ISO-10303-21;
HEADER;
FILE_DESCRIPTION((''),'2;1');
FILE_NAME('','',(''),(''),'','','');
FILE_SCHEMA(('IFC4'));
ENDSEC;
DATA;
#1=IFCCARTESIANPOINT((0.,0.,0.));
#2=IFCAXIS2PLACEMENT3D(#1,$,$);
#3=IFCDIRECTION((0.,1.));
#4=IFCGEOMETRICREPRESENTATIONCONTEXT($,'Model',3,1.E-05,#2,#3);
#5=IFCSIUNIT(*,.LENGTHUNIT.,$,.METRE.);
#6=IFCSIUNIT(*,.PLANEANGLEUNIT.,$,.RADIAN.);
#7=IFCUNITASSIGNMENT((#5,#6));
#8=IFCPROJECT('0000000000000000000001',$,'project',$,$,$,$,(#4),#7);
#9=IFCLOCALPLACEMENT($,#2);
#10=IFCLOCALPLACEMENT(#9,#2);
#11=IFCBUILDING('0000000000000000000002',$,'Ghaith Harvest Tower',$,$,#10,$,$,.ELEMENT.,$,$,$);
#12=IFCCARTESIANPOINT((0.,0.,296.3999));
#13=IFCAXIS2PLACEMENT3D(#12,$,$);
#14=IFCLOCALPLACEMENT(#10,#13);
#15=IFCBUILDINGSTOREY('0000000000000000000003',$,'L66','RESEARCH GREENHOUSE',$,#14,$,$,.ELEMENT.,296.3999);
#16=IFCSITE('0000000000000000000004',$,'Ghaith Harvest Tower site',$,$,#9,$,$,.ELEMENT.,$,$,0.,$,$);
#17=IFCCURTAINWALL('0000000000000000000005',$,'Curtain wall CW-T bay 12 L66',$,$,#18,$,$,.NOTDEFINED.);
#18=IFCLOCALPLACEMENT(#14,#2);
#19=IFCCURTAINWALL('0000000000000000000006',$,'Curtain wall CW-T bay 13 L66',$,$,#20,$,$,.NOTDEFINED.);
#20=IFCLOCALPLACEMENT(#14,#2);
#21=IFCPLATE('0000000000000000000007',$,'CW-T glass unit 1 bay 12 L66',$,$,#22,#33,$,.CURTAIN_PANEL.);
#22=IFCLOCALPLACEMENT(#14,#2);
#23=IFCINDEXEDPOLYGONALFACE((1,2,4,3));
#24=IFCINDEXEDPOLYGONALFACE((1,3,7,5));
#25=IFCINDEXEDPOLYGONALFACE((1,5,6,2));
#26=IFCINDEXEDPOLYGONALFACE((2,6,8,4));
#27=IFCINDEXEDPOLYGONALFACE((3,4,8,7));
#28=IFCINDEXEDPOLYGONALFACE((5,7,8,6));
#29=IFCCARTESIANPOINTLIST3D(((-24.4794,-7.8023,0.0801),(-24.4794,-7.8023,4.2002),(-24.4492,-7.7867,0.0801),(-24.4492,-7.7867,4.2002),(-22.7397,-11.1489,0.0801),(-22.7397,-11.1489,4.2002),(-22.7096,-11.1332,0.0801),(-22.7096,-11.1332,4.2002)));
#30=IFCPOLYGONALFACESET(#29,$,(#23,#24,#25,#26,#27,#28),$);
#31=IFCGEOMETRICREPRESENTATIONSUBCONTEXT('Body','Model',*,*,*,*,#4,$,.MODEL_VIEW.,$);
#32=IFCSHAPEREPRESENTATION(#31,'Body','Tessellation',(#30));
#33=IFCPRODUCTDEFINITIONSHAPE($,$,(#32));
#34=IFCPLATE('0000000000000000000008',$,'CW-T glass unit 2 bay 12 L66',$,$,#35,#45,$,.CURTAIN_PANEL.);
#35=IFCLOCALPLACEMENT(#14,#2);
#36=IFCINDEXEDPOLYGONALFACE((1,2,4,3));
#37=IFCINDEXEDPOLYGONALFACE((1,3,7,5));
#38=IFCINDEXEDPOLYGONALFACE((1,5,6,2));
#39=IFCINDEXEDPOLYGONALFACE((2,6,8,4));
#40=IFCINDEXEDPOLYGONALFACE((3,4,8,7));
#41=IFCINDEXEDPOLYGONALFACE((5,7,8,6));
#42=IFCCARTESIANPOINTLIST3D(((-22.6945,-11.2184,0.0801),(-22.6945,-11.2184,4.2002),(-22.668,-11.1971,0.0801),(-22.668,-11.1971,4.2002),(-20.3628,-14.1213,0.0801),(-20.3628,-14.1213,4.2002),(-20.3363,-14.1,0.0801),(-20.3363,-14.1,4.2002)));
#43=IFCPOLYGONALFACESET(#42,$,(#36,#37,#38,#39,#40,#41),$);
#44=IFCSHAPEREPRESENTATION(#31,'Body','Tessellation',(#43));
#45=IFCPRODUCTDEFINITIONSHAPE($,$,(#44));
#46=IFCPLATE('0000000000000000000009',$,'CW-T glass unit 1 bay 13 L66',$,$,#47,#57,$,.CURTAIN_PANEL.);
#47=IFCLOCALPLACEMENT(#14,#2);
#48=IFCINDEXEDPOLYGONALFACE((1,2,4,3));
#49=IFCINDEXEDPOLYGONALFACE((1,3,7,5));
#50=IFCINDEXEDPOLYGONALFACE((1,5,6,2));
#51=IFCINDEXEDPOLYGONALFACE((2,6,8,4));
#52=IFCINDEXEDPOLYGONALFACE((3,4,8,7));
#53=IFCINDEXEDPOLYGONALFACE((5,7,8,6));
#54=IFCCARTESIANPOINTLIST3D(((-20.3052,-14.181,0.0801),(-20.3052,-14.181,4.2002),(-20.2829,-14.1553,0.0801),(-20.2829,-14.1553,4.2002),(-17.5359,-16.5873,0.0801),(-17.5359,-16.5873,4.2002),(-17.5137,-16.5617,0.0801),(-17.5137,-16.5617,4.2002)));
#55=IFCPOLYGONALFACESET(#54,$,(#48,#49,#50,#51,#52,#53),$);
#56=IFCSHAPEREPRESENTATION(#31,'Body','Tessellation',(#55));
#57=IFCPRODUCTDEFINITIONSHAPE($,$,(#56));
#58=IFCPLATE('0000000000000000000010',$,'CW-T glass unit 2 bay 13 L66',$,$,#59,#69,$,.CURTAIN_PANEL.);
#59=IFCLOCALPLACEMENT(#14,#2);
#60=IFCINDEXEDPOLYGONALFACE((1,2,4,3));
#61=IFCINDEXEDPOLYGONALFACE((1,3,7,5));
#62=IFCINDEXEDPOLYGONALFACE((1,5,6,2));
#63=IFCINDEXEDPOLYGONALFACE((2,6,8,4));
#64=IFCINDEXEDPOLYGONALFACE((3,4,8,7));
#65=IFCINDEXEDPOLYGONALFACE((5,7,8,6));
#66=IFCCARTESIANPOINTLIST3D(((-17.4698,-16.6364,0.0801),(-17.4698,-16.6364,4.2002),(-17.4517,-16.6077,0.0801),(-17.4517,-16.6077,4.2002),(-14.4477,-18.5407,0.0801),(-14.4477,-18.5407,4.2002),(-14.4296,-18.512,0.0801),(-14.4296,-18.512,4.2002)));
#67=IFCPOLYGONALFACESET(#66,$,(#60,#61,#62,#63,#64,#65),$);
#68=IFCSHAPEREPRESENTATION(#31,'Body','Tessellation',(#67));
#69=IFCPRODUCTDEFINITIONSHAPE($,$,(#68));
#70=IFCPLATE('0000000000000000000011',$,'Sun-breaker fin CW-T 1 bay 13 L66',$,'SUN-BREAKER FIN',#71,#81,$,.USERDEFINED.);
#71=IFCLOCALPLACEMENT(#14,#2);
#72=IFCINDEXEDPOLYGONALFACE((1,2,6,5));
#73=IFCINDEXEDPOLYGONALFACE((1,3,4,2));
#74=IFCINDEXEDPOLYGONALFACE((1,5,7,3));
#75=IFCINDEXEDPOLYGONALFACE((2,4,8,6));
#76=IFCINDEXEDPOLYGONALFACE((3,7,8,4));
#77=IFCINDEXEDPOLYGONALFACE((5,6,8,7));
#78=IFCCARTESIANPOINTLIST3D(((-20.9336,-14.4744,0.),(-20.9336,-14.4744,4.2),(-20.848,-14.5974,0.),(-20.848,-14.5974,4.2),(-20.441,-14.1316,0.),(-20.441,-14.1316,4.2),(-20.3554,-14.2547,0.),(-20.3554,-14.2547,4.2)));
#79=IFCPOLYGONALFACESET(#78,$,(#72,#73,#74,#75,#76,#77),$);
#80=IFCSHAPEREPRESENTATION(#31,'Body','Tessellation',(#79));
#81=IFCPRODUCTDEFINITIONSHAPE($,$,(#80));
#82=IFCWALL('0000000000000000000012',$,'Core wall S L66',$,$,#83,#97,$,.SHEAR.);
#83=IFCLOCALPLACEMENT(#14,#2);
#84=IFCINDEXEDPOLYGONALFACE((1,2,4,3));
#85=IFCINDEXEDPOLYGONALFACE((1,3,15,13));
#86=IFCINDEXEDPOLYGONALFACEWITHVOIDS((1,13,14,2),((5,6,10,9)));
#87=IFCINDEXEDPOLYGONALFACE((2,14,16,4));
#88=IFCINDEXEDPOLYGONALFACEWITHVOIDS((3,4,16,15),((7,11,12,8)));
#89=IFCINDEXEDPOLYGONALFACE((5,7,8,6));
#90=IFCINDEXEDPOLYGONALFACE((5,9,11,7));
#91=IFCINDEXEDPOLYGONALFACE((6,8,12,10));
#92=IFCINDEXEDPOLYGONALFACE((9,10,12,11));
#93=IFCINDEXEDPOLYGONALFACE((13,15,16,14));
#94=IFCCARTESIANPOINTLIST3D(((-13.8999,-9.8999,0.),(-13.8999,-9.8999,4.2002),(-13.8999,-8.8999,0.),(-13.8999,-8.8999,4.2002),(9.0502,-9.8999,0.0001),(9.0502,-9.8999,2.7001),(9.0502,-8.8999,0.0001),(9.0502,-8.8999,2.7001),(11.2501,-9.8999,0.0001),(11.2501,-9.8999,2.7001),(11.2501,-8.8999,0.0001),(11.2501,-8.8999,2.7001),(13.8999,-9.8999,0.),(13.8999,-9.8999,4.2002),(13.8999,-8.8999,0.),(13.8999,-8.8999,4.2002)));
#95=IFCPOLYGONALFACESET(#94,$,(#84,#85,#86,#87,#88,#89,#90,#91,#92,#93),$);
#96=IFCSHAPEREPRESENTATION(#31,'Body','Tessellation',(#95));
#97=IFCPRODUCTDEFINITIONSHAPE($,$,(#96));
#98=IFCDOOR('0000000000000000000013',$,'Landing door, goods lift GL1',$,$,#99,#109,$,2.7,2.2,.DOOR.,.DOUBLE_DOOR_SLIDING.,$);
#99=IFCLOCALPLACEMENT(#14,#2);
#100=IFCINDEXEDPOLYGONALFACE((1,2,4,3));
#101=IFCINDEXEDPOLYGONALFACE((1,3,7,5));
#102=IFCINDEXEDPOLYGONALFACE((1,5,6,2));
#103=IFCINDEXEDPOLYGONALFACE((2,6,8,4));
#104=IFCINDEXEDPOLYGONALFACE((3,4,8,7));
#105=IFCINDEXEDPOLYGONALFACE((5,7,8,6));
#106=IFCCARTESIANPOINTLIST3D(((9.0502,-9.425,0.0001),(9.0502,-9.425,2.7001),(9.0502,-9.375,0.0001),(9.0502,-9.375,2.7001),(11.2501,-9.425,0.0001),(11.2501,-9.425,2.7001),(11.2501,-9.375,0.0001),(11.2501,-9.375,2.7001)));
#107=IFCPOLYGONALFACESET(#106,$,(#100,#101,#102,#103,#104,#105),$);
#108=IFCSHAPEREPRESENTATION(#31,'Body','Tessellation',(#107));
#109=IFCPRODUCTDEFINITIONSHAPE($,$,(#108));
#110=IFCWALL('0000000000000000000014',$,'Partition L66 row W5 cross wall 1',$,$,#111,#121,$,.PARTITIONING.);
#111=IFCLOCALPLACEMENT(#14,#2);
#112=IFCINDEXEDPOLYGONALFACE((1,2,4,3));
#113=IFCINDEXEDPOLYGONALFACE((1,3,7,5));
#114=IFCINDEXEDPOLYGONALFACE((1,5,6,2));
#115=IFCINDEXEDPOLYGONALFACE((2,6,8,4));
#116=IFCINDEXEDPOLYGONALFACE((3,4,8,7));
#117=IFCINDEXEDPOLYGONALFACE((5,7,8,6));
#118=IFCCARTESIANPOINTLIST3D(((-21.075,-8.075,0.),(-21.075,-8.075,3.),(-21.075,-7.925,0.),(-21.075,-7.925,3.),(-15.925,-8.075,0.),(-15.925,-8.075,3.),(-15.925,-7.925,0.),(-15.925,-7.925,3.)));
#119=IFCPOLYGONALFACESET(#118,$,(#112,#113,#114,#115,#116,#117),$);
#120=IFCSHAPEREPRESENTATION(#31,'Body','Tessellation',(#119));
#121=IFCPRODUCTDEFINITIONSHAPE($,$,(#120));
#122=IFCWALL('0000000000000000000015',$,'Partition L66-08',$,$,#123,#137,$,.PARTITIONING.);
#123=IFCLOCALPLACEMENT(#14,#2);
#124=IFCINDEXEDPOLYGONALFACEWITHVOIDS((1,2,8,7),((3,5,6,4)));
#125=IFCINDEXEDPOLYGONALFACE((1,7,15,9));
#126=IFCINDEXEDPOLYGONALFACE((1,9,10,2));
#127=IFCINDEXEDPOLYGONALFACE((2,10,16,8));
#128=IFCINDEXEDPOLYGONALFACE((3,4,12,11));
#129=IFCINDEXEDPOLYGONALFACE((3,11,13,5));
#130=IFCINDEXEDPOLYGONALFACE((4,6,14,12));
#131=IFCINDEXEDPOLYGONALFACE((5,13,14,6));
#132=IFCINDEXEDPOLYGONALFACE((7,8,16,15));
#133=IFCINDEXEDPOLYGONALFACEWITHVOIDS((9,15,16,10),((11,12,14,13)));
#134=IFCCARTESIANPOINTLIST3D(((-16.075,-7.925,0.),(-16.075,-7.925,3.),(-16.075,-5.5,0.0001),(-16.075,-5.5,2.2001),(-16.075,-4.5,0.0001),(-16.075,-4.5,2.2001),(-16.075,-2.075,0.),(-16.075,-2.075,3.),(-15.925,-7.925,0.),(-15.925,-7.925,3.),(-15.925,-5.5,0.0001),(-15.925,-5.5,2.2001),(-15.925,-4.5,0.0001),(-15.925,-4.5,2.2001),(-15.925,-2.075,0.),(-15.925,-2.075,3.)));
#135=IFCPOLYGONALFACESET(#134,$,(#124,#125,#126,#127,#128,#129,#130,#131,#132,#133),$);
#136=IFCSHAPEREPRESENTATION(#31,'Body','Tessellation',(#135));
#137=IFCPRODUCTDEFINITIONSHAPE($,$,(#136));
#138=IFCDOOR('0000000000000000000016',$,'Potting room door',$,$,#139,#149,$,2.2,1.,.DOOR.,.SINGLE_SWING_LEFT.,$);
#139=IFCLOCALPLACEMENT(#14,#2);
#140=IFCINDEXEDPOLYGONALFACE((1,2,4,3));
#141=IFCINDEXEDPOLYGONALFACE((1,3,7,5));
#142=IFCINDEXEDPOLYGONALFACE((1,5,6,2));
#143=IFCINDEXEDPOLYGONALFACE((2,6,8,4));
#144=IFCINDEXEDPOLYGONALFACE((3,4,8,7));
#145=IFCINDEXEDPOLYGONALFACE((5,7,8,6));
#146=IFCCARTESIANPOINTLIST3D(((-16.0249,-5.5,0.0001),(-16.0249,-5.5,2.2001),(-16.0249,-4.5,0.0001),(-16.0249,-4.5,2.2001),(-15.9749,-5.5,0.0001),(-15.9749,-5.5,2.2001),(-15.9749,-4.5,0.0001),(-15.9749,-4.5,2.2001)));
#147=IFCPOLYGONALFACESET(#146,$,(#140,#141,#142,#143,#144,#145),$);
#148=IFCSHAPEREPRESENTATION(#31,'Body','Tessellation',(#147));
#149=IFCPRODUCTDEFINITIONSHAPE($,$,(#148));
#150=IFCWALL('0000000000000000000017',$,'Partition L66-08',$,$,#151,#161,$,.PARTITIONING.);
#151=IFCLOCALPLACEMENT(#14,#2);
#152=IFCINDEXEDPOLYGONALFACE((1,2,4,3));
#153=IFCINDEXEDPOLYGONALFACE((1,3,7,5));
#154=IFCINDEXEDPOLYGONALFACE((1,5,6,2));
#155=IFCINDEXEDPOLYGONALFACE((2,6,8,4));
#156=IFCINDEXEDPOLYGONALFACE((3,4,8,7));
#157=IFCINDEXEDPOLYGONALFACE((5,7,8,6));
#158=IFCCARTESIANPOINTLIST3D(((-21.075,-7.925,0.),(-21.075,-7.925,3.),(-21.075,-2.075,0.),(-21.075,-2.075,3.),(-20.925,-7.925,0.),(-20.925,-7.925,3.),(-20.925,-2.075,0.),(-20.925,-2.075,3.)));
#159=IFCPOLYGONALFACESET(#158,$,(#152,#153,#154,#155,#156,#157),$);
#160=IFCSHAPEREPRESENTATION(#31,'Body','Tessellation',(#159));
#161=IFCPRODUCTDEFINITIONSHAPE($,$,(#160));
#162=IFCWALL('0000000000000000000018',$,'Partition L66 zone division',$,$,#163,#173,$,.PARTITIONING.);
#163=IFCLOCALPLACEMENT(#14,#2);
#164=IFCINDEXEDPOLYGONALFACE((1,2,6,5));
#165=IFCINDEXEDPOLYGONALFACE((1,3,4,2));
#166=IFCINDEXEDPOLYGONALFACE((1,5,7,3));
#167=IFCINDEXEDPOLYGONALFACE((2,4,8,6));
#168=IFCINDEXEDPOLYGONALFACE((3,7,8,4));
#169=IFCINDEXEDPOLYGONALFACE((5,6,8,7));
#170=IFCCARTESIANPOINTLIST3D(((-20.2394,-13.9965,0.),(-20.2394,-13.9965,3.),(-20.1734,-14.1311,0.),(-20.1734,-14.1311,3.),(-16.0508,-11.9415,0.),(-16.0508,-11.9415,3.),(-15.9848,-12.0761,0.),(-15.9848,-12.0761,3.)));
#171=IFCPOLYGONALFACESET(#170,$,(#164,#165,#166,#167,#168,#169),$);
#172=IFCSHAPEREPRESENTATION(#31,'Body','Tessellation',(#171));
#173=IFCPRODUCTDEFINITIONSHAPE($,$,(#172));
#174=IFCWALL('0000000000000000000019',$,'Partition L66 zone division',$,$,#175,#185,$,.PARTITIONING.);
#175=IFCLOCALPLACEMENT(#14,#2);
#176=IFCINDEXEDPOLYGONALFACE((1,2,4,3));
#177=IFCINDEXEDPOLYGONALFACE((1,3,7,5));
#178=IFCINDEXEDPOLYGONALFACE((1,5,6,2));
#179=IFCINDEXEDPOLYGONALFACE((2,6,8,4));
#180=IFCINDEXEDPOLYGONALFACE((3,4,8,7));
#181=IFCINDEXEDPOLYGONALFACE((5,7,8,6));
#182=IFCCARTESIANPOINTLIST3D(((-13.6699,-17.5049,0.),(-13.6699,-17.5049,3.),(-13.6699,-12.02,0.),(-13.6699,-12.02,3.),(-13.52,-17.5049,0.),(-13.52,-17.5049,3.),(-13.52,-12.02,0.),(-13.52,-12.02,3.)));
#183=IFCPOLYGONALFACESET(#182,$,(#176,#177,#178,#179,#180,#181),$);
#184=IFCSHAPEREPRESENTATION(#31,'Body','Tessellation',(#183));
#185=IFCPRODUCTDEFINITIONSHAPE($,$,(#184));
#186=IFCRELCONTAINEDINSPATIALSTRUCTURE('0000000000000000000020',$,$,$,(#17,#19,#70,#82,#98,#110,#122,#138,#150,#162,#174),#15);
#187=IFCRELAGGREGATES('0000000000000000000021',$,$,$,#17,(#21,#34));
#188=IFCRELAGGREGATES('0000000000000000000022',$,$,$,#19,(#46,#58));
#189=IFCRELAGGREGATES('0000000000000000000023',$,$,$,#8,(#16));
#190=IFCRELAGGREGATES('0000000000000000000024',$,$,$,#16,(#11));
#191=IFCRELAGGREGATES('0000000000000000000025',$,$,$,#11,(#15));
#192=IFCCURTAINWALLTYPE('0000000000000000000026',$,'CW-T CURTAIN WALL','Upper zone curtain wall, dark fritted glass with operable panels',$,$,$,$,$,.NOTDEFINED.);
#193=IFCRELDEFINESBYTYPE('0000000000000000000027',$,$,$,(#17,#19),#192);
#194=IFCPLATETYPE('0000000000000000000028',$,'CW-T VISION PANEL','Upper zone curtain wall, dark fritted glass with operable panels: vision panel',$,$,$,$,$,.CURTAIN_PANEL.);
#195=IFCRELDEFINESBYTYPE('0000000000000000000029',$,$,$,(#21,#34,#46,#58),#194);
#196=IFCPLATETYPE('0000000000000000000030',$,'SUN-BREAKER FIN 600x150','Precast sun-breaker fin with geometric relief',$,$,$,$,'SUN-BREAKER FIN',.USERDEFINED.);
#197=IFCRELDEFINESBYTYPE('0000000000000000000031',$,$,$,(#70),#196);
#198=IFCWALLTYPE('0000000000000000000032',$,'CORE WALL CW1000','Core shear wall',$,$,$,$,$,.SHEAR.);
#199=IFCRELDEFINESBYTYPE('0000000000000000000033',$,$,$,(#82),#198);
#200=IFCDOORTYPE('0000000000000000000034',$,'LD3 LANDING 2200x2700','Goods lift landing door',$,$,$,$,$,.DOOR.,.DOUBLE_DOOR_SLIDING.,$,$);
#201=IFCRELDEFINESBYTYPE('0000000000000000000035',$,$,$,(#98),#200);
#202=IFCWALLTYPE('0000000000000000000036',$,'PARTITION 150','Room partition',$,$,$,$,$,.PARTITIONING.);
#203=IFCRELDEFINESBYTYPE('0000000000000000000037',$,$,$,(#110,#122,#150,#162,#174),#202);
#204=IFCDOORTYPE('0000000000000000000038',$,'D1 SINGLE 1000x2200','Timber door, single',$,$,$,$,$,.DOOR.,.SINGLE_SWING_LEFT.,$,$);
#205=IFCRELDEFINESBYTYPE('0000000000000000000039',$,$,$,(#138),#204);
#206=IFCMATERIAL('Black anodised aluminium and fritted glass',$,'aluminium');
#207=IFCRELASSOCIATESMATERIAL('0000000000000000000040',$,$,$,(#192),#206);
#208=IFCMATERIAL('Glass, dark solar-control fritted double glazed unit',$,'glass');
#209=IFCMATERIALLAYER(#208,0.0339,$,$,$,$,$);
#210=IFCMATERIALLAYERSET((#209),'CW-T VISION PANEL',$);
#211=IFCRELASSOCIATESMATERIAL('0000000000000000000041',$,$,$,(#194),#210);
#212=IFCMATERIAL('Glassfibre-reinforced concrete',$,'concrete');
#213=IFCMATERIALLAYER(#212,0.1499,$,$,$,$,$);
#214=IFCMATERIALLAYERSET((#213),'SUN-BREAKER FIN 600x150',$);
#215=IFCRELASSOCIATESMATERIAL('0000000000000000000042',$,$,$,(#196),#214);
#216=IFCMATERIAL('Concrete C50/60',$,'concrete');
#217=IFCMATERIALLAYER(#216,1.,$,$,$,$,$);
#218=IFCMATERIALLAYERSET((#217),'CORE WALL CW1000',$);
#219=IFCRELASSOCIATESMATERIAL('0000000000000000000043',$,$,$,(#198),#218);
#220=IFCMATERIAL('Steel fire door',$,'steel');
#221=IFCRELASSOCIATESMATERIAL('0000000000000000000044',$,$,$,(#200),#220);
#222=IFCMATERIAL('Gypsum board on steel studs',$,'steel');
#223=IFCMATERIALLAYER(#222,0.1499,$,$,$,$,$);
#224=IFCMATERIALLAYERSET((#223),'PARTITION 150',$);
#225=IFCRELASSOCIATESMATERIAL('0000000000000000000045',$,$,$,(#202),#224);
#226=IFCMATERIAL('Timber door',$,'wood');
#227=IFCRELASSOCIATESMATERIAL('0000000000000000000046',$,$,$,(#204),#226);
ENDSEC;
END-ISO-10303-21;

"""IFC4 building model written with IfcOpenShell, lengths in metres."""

from ifc_helpers import new_model, si_unit, direction, frame, frame_2d, origin, origin_2d, place, context, subcontext, project, spatial, rectangle, extrude, material, layer, layer_set, type_object, element, fill, aggregate, save


model = new_model("IFC4")

# Units and contexts
model_context = context("Model", 3, precision=1e-05, world=origin(), true_north=direction((0.0, 1.0)))
body_context = subcontext(model_context, "Body", "Model", "MODEL_VIEW")
ifc_project = project(units=[si_unit("LENGTHUNIT", "METRE"), si_unit("PLANEANGLEUNIT", "RADIAN")], contexts=[model_context])

# Site, building, storey
site_placement = place(None, origin())
site = spatial("IfcSite", under=ifc_project, at=site_placement, Name="Ghaith Harvest Tower site", CompositionType="ELEMENT", RefElevation=0.0)
building_placement = place(site_placement, origin())
building = spatial("IfcBuilding", under=site, at=building_placement, Name="Ghaith Harvest Tower", CompositionType="ELEMENT")
storey_placement = place(building_placement, frame((0.0, 0.0, 296.3999)))
storey = spatial("IfcBuildingStorey", under=building, at=storey_placement, Name="L66", Description="RESEARCH GREENHOUSE", CompositionType="ELEMENT", Elevation=296.3999)

# Curtain wall
ifc_material_1 = material(Name="Black anodised aluminium and fritted glass", Category="aluminium")
curtain_wall_type = type_object("IfcCurtainWallType", Name="CW-T CURTAIN WALL", Description="Upper zone curtain wall, dark fritted glass with operable panels", PredefinedType="NOTDEFINED", material=ifc_material_1)
curtain_wall_1_placement = place(storey_placement, origin())
curtain_wall_1 = element("IfcCurtainWall", 1, at=curtain_wall_1_placement, inside=storey, type_object=curtain_wall_type, Name="Curtain wall CW-T bay 12 L66", PredefinedType="NOTDEFINED")

# Curtain wall
curtain_wall_2_placement = place(storey_placement, origin())
curtain_wall_2 = element("IfcCurtainWall", 2, at=curtain_wall_2_placement, inside=storey, type_object=curtain_wall_type, Name="Curtain wall CW-T bay 13 L66", PredefinedType="NOTDEFINED")

# Plates
ifc_material_2 = material(Name="Glass, dark solar-control fritted double glazed unit", Category="glass")
ifc_layer_1 = layer(ifc_material_2, 0.0339)
ifc_layer_set_1 = layer_set([ifc_layer_1], Name="CW-T VISION PANEL")
plate_type_1 = type_object("IfcPlateType", Name="CW-T VISION PANEL", Description="Upper zone curtain wall, dark fritted glass with operable panels: vision panel", PredefinedType="CURTAIN_PANEL", material=ifc_layer_set_1)
plate_1_placement = place(storey_placement, frame((-23.5945, -9.4678, 0.0801), z_axis=(0.0, 0.0, 1.0), x_axis=(0.46123, -0.887281, 0.0)))
plate_1 = element("IfcPlate", 3, at=plate_1_placement, type_object=plate_type_1, Name="CW-T glass unit 1 bay 12 L66", PredefinedType="CURTAIN_PANEL", context=body_context, shape_type="SweptSolid", body=[
    extrude(rectangle(XDim=3.7717, YDim=0.0339, at=origin_2d()), origin(), (0.0, 0.0, 1.0), 4.1201),
])
plate_2_placement = place(storey_placement, frame((-21.5154, -12.6592, 0.0801), z_axis=(0.0, 0.0, 1.0), x_axis=(0.62623, -0.779639, 0.0)))
plate_2 = element("IfcPlate", 4, at=plate_2_placement, type_object=plate_type_1, Name="CW-T glass unit 2 bay 12 L66", PredefinedType="CURTAIN_PANEL", context=body_context, shape_type="SweptSolid", body=[
    extrude(rectangle(XDim=3.7234, YDim=0.0339, at=origin_2d()), origin(), (0.0, 0.0, 1.0), 4.1201),
])
aggregate(curtain_wall_1, [plate_1, plate_2])
plate_3_placement = place(storey_placement, frame((-18.9094, -15.3713, 0.0801), z_axis=(0.0, 0.0, 1.0), x_axis=(0.754829, -0.655922, 0.0)))
plate_3 = element("IfcPlate", 5, at=plate_3_placement, type_object=plate_type_1, Name="CW-T glass unit 1 bay 13 L66", PredefinedType="CURTAIN_PANEL", context=body_context, shape_type="SweptSolid", body=[
    extrude(rectangle(XDim=3.6687, YDim=0.0339, at=origin_2d()), origin(), (0.0, 0.0, 1.0), 4.1201),
])
plate_4_placement = place(storey_placement, frame((-15.9497, -17.5742, 0.0801), z_axis=(0.0, 0.0, 1.0), x_axis=(0.846043, -0.533114, 0.0)))
plate_4 = element("IfcPlate", 6, at=plate_4_placement, type_object=plate_type_1, Name="CW-T glass unit 2 bay 13 L66", PredefinedType="CURTAIN_PANEL", context=body_context, shape_type="SweptSolid", body=[
    extrude(rectangle(XDim=3.572, YDim=0.0339, at=origin_2d()), origin(), (0.0, 0.0, 1.0), 4.1201),
])
aggregate(curtain_wall_2, [plate_3, plate_4])
ifc_material_3 = material(Name="Glassfibre-reinforced concrete", Category="concrete")
ifc_layer_2 = layer(ifc_material_3, 0.1499)
ifc_layer_set_2 = layer_set([ifc_layer_2], Name="SUN-BREAKER FIN 600x150")
plate_type_2 = type_object("IfcPlateType", Name="SUN-BREAKER FIN 600x150", Description="Precast sun-breaker fin with geometric relief", ElementType="SUN-BREAKER FIN", PredefinedType="USERDEFINED", material=ifc_layer_set_2)
plate_5_placement = place(storey_placement, frame((-20.6445, -14.3645, 0.0), z_axis=(0.0, 0.0, 1.0), x_axis=(-0.820845, -0.57115, 0.0)))
element("IfcPlate", 7, at=plate_5_placement, inside=storey, type_object=plate_type_2, Name="Sun-breaker fin CW-T 1 bay 13 L66", ObjectType="SUN-BREAKER FIN", PredefinedType="USERDEFINED", context=body_context, shape_type="SweptSolid", body=[
    extrude(rectangle(XDim=0.6001, YDim=0.1499, at=origin_2d()), origin(), (0.0, 0.0, 1.0), 4.2),
])

# Wall, opening, door
ifc_material_4 = material(Name="Concrete C50/60", Category="concrete")
ifc_layer_3 = layer(ifc_material_4, 1.0)
ifc_layer_set_3 = layer_set([ifc_layer_3], Name="CORE WALL CW1000")
wall_type_1 = type_object("IfcWallType", Name="CORE WALL CW1000", Description="Core shear wall", PredefinedType="SHEAR", material=ifc_layer_set_3)
wall_1_placement = place(storey_placement, frame((-13.8999, -9.3999, 0.0), z_axis=(0.0, 0.0, 1.0), x_axis=(1.0, 0.0, 0.0)))
wall_1 = element("IfcWall", 8, at=wall_1_placement, inside=storey, type_object=wall_type_1, Name="Core wall S L66", PredefinedType="SHEAR", context=body_context, shape_type="SweptSolid", body=[
    extrude(rectangle(XDim=27.7998, YDim=1.0, at=frame_2d((13.8999, 0.0))), origin(), (0.0, 0.0, 1.0), 4.2002),
])
opening_1_placement = place(wall_1_placement, frame((22.95, 0.0, 0.0)))
opening_1 = element("IfcOpeningElement", 9, at=opening_1_placement, cuts=wall_1, PredefinedType="OPENING", context=body_context, shape_type="SweptSolid", body=[
    extrude(rectangle(XDim=2.2, YDim=2.7, at=frame_2d((1.1001, 1.3501))), frame((0.0, 0.51, 0.0), z_axis=(0.0, -1.0, 0.0), x_axis=(1.0, 0.0, 0.0)), (0.0, 0.0, 1.0), 1.02),
])
ifc_material_5 = material(Name="Steel fire door", Category="steel")
door_type_1 = type_object("IfcDoorType", Name="LD3 LANDING 2200x2700", Description="Goods lift landing door", OperationType="DOUBLE_DOOR_SLIDING", PredefinedType="DOOR", material=ifc_material_5)
door_1_placement = place(opening_1_placement, origin())
door_1 = element("IfcDoor", 10, at=door_1_placement, inside=storey, type_object=door_type_1, Name="Landing door, goods lift GL1", OperationType="DOUBLE_DOOR_SLIDING", OverallHeight=2.7, OverallWidth=2.2, PredefinedType="DOOR", context=body_context, shape_type="SweptSolid", body=[
    extrude(rectangle(XDim=2.2, YDim=2.7, at=frame_2d((1.1001, 1.3501))), frame((0.0, 0.0249, 0.0), z_axis=(0.0, -1.0, 0.0), x_axis=(1.0, 0.0, 0.0)), (0.0, 0.0, 1.0), 0.05),
])
fill(opening_1, door_1)

# Wall
ifc_material_6 = material(Name="Gypsum board on steel studs", Category="steel")
ifc_layer_4 = layer(ifc_material_6, 0.1499)
ifc_layer_set_4 = layer_set([ifc_layer_4], Name="PARTITION 150")
wall_type_2 = type_object("IfcWallType", Name="PARTITION 150", Description="Room partition", PredefinedType="PARTITIONING", material=ifc_layer_set_4)
wall_2_placement = place(storey_placement, frame((-15.925, -8.0, 0.0), z_axis=(0.0, 0.0, 1.0), x_axis=(-1.0, 0.0, 0.0)))
element("IfcWall", 11, at=wall_2_placement, inside=storey, type_object=wall_type_2, Name="Partition L66 row W5 cross wall 1", PredefinedType="PARTITIONING", context=body_context, shape_type="SweptSolid", body=[
    extrude(rectangle(XDim=5.1499, YDim=0.1499, at=frame_2d((2.575, 0.0))), origin(), (0.0, 0.0, 1.0), 3.0),
])

# Wall, opening, door
wall_3_placement = place(storey_placement, frame((-16.0, -7.925, 0.0), z_axis=(0.0, 0.0, 1.0), x_axis=(0.0, 1.0, 0.0)))
wall_3 = element("IfcWall", 12, at=wall_3_placement, inside=storey, type_object=wall_type_2, Name="Partition L66-08", PredefinedType="PARTITIONING", context=body_context, shape_type="SweptSolid", body=[
    extrude(rectangle(XDim=5.8501, YDim=0.1499, at=frame_2d((2.925, 0.0))), origin(), (0.0, 0.0, 1.0), 3.0),
])
opening_2_placement = place(wall_3_placement, frame((2.425, 0.0, 0.0)))
opening_2 = element("IfcOpeningElement", 13, at=opening_2_placement, cuts=wall_3, PredefinedType="OPENING", context=body_context, shape_type="SweptSolid", body=[
    extrude(rectangle(XDim=1.0, YDim=2.2, at=frame_2d((0.5, 1.1001))), frame((0.0, 0.085, 0.0), z_axis=(0.0, -1.0, 0.0), x_axis=(1.0, 0.0, 0.0)), (0.0, 0.0, 1.0), 0.1699),
])
ifc_material_7 = material(Name="Timber door", Category="wood")
door_type_2 = type_object("IfcDoorType", Name="D1 SINGLE 1000x2200", Description="Timber door, single", OperationType="SINGLE_SWING_LEFT", PredefinedType="DOOR", material=ifc_material_7)
door_2_placement = place(opening_2_placement, origin())
door_2 = element("IfcDoor", 14, at=door_2_placement, inside=storey, type_object=door_type_2, Name="Potting room door", OperationType="SINGLE_SWING_LEFT", OverallHeight=2.2, OverallWidth=1.0, PredefinedType="DOOR", context=body_context, shape_type="SweptSolid", body=[
    extrude(rectangle(XDim=1.0, YDim=2.2, at=frame_2d((0.5, 1.1001))), frame((0.0, 0.0249, 0.0), z_axis=(0.0, -1.0, 0.0), x_axis=(1.0, 0.0, 0.0)), (0.0, 0.0, 1.0), 0.05),
])
fill(opening_2, door_2)

# Walls
wall_4_placement = place(storey_placement, frame((-21.0, -7.925, 0.0), z_axis=(0.0, 0.0, 1.0), x_axis=(0.0, 1.0, 0.0)))
element("IfcWall", 15, at=wall_4_placement, inside=storey, type_object=wall_type_2, Name="Partition L66-08", PredefinedType="PARTITIONING", context=body_context, shape_type="SweptSolid", body=[
    extrude(rectangle(XDim=5.8501, YDim=0.1499, at=frame_2d((2.925, 0.0))), origin(), (0.0, 0.0, 1.0), 3.0),
])
wall_5_placement = place(storey_placement, frame((-16.0178, -12.0088, 0.0), z_axis=(0.0, 0.0, 1.0), x_axis=(-0.897772, -0.440461, 0.0)))
element("IfcWall", 16, at=wall_5_placement, inside=storey, type_object=wall_type_2, Name="Partition L66 zone division", PredefinedType="PARTITIONING", context=body_context, shape_type="SweptSolid", body=[
    extrude(rectangle(XDim=4.6655, YDim=0.1499, at=frame_2d((2.3328, 0.0))), origin(), (0.0, 0.0, 1.0), 3.0),
])
wall_6_placement = place(storey_placement, frame((-13.595, -12.02, 0.0), z_axis=(0.0, 0.0, 1.0), x_axis=(0.0, -1.0, 0.0)))
element("IfcWall", 17, at=wall_6_placement, inside=storey, type_object=wall_type_2, Name="Partition L66 zone division", PredefinedType="PARTITIONING", context=body_context, shape_type="SweptSolid", body=[
    extrude(rectangle(XDim=5.4849, YDim=0.1499, at=frame_2d((2.7424, 0.0))), origin(), (0.0, 0.0, 1.0), 3.0),
])

save(model, "model.ifc")
